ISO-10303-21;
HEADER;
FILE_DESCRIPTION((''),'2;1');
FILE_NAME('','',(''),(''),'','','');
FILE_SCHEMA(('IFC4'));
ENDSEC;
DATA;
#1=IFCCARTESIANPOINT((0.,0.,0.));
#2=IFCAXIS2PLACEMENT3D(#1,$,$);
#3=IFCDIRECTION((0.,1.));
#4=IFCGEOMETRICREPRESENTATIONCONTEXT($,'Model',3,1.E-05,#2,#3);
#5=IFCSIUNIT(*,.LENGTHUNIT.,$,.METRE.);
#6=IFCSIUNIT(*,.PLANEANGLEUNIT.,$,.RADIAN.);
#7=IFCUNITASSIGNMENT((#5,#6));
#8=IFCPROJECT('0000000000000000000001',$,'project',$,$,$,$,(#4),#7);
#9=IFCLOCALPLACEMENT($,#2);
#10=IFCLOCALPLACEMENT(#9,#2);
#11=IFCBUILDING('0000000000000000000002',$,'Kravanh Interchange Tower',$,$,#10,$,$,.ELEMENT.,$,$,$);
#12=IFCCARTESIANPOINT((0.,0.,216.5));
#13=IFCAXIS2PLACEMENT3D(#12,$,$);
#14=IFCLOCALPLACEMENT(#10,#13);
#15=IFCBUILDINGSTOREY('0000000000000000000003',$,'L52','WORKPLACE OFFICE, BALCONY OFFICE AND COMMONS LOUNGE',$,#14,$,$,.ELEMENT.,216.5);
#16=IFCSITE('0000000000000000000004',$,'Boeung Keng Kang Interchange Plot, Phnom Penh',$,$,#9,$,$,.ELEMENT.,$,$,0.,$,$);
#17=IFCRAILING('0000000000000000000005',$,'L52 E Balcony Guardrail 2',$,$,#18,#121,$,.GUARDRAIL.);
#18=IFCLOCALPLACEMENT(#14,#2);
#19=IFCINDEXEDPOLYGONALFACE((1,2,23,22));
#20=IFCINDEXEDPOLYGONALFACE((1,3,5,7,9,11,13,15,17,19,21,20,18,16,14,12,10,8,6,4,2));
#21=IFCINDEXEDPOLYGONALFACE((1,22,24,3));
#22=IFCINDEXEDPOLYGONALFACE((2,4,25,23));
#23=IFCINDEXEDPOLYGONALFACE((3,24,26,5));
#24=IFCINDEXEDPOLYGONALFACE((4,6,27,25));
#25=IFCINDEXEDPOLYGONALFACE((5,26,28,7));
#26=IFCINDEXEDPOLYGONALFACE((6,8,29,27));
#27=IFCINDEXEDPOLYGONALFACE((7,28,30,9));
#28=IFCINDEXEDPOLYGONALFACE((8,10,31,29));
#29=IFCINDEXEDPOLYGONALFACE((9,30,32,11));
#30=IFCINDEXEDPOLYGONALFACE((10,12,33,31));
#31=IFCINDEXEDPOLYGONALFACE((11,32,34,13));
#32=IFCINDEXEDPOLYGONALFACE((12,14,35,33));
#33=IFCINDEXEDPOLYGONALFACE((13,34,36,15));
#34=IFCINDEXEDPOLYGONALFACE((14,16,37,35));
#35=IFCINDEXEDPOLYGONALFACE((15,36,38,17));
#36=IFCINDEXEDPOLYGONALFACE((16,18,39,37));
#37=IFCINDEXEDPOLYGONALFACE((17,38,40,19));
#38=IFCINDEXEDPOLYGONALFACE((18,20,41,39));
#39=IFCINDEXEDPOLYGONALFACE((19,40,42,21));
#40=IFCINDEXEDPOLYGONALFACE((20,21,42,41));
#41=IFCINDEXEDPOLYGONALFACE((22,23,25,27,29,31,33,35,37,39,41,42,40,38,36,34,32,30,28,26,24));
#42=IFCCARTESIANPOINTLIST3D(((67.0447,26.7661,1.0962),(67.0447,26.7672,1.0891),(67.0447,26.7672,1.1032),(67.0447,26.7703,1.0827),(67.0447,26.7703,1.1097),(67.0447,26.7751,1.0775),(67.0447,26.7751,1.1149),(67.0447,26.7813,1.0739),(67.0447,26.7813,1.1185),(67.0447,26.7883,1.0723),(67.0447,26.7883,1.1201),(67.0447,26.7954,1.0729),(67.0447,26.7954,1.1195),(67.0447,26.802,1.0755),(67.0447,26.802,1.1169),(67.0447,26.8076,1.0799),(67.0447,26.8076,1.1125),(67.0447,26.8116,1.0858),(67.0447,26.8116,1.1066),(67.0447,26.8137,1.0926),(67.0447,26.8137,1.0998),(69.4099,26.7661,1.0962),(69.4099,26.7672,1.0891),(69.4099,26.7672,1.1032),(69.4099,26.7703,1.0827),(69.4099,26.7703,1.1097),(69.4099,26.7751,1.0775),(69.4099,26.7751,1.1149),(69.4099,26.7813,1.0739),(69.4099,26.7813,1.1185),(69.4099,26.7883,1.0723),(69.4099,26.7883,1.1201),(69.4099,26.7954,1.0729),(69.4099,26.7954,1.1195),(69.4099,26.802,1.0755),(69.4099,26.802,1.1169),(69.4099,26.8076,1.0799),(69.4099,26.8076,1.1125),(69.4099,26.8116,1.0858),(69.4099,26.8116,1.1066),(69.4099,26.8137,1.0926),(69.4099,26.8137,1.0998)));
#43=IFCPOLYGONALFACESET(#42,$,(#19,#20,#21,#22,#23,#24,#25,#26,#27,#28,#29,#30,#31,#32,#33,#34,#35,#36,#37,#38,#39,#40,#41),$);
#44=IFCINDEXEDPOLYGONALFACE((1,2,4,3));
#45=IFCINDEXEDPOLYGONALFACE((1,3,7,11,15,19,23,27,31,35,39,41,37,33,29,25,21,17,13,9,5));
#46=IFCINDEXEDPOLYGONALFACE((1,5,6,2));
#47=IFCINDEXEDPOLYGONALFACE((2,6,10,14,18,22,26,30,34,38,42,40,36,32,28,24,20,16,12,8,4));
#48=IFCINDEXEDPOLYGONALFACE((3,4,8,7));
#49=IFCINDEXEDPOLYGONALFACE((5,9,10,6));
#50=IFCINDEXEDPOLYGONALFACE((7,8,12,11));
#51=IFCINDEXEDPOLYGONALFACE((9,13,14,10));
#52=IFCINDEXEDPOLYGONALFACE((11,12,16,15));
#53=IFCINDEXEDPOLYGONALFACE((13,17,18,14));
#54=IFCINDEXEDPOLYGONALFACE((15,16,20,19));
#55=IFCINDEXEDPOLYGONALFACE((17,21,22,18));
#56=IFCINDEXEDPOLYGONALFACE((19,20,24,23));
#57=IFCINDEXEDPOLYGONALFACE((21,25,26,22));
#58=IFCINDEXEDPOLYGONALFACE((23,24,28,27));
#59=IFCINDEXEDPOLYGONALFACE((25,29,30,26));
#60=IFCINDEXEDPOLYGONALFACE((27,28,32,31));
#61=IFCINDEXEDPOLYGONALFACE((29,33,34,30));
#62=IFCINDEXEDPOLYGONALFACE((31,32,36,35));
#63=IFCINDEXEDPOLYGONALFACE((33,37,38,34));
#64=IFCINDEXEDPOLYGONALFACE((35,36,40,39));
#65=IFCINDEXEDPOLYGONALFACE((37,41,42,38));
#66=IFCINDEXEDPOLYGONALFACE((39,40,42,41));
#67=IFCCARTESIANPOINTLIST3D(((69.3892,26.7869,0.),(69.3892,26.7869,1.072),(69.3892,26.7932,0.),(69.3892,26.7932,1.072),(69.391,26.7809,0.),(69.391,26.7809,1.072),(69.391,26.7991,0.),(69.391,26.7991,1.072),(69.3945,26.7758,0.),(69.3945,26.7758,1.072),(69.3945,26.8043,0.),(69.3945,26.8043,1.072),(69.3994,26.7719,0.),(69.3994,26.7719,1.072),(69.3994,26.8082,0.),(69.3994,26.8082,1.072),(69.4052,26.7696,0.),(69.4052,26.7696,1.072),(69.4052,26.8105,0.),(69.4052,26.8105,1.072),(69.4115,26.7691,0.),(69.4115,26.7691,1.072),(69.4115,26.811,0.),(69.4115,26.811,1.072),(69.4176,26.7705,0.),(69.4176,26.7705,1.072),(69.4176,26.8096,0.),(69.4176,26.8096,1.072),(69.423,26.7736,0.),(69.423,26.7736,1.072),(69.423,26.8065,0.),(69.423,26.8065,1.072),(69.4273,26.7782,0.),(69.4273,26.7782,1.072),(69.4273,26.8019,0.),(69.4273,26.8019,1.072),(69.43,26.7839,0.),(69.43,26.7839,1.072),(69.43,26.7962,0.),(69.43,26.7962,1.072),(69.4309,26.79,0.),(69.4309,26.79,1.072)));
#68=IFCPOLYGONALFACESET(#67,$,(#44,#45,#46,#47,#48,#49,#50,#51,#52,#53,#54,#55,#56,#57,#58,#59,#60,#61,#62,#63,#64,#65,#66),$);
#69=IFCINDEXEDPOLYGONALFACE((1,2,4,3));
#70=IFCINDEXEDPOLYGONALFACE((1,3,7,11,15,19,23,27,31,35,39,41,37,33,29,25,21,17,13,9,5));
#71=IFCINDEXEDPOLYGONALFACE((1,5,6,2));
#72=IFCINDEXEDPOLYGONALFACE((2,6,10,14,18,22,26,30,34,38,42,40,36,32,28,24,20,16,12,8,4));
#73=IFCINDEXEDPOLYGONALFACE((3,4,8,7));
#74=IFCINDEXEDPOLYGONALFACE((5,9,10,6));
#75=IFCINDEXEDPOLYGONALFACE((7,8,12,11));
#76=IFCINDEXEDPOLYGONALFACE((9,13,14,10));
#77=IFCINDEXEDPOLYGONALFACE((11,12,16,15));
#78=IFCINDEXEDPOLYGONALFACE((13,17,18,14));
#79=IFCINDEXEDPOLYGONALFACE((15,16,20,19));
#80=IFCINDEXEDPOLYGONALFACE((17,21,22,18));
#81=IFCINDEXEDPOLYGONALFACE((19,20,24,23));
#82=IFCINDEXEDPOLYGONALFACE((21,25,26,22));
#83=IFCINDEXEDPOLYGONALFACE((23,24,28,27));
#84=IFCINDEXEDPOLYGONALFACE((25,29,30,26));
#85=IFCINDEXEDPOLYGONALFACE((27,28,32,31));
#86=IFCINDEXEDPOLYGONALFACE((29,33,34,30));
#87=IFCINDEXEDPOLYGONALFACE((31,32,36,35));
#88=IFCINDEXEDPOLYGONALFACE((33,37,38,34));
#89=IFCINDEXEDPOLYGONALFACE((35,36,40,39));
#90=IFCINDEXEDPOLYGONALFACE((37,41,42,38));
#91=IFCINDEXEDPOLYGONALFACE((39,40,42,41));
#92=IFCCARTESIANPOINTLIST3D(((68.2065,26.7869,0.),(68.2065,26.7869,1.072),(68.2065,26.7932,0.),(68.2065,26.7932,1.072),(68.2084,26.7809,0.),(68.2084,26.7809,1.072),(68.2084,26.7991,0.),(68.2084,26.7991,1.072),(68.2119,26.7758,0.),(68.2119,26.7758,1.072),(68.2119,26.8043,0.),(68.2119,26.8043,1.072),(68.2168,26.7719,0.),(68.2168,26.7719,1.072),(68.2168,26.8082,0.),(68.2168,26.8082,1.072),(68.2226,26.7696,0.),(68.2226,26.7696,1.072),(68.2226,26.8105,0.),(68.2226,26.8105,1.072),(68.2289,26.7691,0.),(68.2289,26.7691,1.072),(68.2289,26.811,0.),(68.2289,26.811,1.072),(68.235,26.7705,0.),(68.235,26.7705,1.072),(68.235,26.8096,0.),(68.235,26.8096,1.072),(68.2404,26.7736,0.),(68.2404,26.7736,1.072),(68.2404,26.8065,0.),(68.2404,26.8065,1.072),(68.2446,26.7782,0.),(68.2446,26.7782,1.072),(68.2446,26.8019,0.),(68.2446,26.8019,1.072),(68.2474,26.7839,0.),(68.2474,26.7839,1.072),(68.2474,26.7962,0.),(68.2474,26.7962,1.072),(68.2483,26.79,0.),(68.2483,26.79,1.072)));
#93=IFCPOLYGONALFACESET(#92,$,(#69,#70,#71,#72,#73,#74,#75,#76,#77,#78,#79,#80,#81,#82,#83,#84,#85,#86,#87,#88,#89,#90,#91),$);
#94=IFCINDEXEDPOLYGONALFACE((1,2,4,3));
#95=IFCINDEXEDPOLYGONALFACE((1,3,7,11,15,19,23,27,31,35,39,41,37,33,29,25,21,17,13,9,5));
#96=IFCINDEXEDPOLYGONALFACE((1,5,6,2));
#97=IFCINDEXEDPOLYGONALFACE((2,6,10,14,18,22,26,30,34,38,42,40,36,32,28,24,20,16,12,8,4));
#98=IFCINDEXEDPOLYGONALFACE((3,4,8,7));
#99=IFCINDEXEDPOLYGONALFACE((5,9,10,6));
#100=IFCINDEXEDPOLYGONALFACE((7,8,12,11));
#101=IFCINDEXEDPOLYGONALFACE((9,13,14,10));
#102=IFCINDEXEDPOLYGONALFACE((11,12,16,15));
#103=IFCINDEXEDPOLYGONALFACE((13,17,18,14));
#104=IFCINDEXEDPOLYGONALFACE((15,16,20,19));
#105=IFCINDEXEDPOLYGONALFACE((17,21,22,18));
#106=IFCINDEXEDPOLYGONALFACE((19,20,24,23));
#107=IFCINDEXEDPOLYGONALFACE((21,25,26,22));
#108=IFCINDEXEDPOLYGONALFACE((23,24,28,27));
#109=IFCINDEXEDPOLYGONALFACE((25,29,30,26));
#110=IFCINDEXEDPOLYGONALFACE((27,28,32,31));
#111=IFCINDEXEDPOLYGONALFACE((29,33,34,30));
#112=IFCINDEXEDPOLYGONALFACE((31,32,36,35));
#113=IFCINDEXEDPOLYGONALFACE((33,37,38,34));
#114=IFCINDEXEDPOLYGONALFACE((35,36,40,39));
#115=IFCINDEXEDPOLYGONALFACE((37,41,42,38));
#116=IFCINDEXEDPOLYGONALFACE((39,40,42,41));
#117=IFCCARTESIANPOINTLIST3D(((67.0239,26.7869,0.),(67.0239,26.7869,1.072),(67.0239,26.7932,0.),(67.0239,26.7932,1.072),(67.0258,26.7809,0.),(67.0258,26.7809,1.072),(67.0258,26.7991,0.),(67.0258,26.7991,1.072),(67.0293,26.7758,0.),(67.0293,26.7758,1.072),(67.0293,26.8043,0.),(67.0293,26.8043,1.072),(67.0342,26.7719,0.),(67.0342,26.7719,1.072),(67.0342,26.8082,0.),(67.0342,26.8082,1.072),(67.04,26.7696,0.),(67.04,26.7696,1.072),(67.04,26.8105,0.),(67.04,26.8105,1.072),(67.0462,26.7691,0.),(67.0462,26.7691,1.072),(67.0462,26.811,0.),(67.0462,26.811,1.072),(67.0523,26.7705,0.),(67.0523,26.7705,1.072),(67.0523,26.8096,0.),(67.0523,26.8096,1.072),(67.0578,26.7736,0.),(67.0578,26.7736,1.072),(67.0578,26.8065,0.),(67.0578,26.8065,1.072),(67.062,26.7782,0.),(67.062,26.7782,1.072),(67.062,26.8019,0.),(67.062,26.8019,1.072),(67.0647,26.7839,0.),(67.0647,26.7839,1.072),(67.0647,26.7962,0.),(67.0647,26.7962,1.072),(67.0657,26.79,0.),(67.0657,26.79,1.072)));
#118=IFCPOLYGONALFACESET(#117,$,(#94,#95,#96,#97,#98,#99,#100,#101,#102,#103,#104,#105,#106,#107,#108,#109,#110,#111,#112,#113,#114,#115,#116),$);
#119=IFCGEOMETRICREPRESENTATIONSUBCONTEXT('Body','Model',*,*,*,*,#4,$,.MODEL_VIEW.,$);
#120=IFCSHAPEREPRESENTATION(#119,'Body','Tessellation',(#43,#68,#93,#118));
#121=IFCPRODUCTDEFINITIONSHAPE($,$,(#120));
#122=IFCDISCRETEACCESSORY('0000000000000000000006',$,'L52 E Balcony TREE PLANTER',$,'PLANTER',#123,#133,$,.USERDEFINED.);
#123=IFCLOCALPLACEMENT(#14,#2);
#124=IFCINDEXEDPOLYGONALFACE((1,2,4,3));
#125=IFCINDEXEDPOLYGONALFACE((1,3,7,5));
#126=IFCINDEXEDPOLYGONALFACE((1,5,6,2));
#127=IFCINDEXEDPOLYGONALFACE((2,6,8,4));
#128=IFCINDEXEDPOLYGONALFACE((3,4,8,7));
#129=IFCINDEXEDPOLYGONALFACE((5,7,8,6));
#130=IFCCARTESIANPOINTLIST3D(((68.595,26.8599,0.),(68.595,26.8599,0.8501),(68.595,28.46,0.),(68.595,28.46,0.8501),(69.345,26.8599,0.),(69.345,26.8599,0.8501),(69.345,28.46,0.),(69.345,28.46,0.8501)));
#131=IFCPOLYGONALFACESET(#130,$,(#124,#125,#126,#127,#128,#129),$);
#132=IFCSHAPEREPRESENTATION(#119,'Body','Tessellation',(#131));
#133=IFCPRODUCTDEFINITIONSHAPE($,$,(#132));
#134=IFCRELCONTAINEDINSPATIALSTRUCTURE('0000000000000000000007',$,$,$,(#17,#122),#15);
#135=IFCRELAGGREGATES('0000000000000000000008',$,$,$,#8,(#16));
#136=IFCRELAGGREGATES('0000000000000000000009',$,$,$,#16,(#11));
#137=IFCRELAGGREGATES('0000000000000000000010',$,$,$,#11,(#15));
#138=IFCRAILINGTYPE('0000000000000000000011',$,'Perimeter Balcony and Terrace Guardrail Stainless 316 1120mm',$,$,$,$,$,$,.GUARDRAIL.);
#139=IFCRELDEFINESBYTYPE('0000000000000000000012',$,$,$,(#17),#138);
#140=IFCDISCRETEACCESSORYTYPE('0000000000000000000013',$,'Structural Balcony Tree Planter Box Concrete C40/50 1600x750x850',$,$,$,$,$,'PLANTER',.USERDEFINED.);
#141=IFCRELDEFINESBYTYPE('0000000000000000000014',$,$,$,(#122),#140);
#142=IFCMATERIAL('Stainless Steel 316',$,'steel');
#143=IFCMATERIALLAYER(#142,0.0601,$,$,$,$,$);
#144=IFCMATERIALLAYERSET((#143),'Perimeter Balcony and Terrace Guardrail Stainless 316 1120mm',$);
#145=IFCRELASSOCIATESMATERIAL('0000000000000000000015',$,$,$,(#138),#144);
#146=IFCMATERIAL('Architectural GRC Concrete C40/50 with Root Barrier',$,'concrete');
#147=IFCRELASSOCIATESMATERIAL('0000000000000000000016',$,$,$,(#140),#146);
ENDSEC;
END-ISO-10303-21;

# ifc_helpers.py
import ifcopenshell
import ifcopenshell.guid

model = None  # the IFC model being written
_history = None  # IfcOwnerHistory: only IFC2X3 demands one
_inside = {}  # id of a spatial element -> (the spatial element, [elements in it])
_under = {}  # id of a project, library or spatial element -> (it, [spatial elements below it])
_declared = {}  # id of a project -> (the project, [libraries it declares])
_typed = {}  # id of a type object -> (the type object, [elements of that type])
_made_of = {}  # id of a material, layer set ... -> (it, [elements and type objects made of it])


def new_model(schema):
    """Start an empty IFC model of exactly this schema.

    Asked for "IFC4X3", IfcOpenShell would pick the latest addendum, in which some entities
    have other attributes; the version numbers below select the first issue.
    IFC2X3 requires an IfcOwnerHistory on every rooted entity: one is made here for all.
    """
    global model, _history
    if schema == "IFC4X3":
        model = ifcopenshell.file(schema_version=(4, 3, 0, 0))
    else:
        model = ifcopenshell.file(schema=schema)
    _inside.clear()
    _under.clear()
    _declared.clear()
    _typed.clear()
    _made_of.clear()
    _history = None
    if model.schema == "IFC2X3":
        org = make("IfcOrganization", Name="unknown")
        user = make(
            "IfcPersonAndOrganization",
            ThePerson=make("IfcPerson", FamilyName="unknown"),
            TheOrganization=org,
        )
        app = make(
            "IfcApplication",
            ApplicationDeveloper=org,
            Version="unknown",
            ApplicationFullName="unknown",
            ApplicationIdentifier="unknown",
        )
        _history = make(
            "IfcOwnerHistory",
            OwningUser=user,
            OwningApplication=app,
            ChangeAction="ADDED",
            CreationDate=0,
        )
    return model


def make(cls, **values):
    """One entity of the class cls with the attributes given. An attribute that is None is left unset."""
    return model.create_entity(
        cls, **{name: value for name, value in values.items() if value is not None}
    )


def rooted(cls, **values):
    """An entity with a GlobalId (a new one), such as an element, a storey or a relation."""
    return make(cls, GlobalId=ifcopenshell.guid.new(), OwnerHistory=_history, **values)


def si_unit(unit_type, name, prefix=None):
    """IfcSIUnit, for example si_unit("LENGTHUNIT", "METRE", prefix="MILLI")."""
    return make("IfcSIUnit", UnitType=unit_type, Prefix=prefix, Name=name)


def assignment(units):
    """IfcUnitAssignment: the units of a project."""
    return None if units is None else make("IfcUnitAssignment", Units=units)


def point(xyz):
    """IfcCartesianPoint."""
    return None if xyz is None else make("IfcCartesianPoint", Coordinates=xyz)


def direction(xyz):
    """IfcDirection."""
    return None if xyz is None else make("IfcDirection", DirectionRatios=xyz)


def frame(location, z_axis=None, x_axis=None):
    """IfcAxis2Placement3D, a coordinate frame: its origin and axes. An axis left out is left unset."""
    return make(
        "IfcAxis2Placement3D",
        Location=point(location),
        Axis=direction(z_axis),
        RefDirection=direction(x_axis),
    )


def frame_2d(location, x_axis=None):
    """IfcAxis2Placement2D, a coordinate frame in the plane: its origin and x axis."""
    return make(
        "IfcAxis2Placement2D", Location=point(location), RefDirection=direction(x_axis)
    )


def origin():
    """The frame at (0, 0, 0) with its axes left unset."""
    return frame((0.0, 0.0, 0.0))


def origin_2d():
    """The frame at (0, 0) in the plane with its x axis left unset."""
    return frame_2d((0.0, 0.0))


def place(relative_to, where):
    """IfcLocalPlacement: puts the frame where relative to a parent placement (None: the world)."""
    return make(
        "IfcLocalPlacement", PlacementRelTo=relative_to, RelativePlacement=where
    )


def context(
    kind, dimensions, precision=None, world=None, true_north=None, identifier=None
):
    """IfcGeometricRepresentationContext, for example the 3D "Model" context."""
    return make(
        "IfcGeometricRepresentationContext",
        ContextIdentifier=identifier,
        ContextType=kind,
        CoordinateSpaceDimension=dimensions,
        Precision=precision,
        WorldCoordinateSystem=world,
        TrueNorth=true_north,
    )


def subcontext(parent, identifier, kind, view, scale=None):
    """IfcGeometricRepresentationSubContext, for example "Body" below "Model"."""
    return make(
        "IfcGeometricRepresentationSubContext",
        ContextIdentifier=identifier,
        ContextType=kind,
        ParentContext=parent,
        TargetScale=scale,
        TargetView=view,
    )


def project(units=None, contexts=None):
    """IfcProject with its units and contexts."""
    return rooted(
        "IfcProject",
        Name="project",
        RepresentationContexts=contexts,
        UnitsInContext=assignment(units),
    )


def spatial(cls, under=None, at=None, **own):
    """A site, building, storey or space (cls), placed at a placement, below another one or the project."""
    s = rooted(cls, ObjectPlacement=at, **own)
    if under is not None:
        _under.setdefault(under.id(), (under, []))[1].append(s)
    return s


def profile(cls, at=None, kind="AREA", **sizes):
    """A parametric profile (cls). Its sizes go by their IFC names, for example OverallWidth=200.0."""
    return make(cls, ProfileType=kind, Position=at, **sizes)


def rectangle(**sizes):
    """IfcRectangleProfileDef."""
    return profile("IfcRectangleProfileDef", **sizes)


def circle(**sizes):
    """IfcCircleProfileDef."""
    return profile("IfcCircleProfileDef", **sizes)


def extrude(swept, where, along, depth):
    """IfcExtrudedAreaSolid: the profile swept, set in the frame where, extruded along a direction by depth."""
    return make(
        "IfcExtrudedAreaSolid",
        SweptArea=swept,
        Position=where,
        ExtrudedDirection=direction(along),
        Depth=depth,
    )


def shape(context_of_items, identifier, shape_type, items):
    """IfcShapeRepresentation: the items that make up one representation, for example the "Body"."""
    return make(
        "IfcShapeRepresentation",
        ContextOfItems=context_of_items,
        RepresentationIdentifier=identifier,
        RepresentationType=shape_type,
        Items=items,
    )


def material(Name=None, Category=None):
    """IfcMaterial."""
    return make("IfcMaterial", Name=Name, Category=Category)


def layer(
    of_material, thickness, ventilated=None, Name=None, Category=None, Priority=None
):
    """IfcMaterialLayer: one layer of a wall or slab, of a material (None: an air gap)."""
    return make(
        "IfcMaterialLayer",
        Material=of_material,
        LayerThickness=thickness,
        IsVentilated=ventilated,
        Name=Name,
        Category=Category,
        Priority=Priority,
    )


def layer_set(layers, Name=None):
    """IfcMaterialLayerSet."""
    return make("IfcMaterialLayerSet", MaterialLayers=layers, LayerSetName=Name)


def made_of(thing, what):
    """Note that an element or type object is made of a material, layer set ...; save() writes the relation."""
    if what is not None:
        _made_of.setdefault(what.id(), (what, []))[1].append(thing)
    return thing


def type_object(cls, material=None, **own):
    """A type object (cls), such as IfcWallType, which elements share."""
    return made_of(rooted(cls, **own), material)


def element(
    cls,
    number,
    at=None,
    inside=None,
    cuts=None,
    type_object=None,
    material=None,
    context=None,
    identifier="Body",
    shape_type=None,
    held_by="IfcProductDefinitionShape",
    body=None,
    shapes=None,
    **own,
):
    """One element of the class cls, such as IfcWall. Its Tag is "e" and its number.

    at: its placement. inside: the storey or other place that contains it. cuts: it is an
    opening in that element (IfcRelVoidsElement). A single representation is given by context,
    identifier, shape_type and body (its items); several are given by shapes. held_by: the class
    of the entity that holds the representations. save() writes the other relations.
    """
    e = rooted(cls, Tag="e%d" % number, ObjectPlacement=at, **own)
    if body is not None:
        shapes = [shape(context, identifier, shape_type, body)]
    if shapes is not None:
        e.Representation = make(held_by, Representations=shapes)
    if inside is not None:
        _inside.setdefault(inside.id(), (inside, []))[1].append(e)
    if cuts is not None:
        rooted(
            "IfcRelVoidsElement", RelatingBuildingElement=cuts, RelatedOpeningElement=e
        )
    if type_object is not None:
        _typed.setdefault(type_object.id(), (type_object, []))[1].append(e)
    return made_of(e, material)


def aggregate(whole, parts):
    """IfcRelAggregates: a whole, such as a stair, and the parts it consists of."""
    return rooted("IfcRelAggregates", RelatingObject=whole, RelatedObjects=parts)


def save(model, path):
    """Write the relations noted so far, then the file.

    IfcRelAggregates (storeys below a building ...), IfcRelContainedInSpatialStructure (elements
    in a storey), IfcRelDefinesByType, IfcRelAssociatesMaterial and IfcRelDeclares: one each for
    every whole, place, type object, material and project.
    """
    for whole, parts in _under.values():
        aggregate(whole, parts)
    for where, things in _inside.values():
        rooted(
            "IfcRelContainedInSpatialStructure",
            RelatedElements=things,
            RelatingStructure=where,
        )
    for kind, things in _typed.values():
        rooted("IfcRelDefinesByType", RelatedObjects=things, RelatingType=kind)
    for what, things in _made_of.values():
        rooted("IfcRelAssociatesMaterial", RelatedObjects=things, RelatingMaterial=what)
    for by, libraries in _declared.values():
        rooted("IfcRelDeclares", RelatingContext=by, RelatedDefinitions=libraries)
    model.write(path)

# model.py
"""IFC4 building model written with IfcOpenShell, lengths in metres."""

from ifc_helpers import new_model, si_unit, direction, frame, origin, origin_2d, place, context, subcontext, project, spatial, rectangle, circle, extrude, material, layer, layer_set, type_object, element, save


model = new_model("IFC4")

# Units and contexts
model_context = context("Model", 3, precision=1e-05, world=origin(), true_north=direction((0.0, 1.0)))
body_context = subcontext(model_context, "Body", "Model", "MODEL_VIEW")
ifc_project = project(units=[si_unit("LENGTHUNIT", "METRE"), si_unit("PLANEANGLEUNIT", "RADIAN")], contexts=[model_context])

# Site, building, storey
site_placement = place(None, origin())
site = spatial("IfcSite", under=ifc_project, at=site_placement, Name="Boeung Keng Kang Interchange Plot, Phnom Penh", CompositionType="ELEMENT", RefElevation=0.0)
building_placement = place(site_placement, origin())
building = spatial("IfcBuilding", under=site, at=building_placement, Name="Kravanh Interchange Tower", CompositionType="ELEMENT")
storey_placement = place(building_placement, frame((0.0, 0.0, 216.5)))
storey = spatial("IfcBuildingStorey", under=building, at=storey_placement, Name="L52", Description="WORKPLACE OFFICE, BALCONY OFFICE AND COMMONS LOUNGE", CompositionType="ELEMENT", Elevation=216.5)

# Railing
ifc_material_1 = material(Name="Stainless Steel 316", Category="steel")
ifc_layer_1 = layer(ifc_material_1, 0.0601)
ifc_layer_set_1 = layer_set([ifc_layer_1], Name="Perimeter Balcony and Terrace Guardrail Stainless 316 1120mm")
railing_type = type_object("IfcRailingType", Name="Perimeter Balcony and Terrace Guardrail Stainless 316 1120mm", PredefinedType="GUARDRAIL", material=ifc_layer_set_1)
railing_placement = place(storey_placement, frame((69.4099, 26.79, 0.0)))
element("IfcRailing", 1, at=railing_placement, inside=storey, type_object=railing_type, Name="L52 E Balcony Guardrail 2", PredefinedType="GUARDRAIL", context=body_context, shape_type="SweptSolid", body=[
    extrude(circle(Radius=0.0239, at=origin_2d()), frame((0.0, 0.0, 1.0962), z_axis=(-1.0, 0.0, 0.0), x_axis=(0.0, -1.0, 0.0)), (0.0, 0.0, 1.0), 2.3652),
    extrude(circle(Radius=0.021, at=origin_2d()), origin(), (0.0, 0.0, 1.0), 1.072),
    extrude(circle(Radius=0.021, at=origin_2d()), frame((-1.1826, 0.0, 0.0)), (0.0, 0.0, 1.0), 1.072),
    extrude(circle(Radius=0.021, at=origin_2d()), frame((-2.3652, 0.0, 0.0)), (0.0, 0.0, 1.0), 1.072),
])

# Discrete accessory
ifc_material_2 = material(Name="Architectural GRC Concrete C40/50 with Root Barrier", Category="concrete")
discrete_accessory_type = type_object("IfcDiscreteAccessoryType", Name="Structural Balcony Tree Planter Box Concrete C40/50 1600x750x850", ElementType="PLANTER", PredefinedType="USERDEFINED", material=ifc_material_2)
discrete_accessory_placement = place(storey_placement, frame((68.97, 27.6599, 0.0), z_axis=(0.0, 0.0, 1.0), x_axis=(1.0, 0.0, 0.0)))
element("IfcDiscreteAccessory", 2, at=discrete_accessory_placement, inside=storey, type_object=discrete_accessory_type, Name="L52 E Balcony TREE PLANTER", ObjectType="PLANTER", PredefinedType="USERDEFINED", context=body_context, shape_type="SweptSolid", body=[
    extrude(rectangle(XDim=0.75, YDim=1.6001, at=origin_2d()), origin(), (0.0, 0.0, 1.0), 0.8501),
])

save(model, "model.ifc")
